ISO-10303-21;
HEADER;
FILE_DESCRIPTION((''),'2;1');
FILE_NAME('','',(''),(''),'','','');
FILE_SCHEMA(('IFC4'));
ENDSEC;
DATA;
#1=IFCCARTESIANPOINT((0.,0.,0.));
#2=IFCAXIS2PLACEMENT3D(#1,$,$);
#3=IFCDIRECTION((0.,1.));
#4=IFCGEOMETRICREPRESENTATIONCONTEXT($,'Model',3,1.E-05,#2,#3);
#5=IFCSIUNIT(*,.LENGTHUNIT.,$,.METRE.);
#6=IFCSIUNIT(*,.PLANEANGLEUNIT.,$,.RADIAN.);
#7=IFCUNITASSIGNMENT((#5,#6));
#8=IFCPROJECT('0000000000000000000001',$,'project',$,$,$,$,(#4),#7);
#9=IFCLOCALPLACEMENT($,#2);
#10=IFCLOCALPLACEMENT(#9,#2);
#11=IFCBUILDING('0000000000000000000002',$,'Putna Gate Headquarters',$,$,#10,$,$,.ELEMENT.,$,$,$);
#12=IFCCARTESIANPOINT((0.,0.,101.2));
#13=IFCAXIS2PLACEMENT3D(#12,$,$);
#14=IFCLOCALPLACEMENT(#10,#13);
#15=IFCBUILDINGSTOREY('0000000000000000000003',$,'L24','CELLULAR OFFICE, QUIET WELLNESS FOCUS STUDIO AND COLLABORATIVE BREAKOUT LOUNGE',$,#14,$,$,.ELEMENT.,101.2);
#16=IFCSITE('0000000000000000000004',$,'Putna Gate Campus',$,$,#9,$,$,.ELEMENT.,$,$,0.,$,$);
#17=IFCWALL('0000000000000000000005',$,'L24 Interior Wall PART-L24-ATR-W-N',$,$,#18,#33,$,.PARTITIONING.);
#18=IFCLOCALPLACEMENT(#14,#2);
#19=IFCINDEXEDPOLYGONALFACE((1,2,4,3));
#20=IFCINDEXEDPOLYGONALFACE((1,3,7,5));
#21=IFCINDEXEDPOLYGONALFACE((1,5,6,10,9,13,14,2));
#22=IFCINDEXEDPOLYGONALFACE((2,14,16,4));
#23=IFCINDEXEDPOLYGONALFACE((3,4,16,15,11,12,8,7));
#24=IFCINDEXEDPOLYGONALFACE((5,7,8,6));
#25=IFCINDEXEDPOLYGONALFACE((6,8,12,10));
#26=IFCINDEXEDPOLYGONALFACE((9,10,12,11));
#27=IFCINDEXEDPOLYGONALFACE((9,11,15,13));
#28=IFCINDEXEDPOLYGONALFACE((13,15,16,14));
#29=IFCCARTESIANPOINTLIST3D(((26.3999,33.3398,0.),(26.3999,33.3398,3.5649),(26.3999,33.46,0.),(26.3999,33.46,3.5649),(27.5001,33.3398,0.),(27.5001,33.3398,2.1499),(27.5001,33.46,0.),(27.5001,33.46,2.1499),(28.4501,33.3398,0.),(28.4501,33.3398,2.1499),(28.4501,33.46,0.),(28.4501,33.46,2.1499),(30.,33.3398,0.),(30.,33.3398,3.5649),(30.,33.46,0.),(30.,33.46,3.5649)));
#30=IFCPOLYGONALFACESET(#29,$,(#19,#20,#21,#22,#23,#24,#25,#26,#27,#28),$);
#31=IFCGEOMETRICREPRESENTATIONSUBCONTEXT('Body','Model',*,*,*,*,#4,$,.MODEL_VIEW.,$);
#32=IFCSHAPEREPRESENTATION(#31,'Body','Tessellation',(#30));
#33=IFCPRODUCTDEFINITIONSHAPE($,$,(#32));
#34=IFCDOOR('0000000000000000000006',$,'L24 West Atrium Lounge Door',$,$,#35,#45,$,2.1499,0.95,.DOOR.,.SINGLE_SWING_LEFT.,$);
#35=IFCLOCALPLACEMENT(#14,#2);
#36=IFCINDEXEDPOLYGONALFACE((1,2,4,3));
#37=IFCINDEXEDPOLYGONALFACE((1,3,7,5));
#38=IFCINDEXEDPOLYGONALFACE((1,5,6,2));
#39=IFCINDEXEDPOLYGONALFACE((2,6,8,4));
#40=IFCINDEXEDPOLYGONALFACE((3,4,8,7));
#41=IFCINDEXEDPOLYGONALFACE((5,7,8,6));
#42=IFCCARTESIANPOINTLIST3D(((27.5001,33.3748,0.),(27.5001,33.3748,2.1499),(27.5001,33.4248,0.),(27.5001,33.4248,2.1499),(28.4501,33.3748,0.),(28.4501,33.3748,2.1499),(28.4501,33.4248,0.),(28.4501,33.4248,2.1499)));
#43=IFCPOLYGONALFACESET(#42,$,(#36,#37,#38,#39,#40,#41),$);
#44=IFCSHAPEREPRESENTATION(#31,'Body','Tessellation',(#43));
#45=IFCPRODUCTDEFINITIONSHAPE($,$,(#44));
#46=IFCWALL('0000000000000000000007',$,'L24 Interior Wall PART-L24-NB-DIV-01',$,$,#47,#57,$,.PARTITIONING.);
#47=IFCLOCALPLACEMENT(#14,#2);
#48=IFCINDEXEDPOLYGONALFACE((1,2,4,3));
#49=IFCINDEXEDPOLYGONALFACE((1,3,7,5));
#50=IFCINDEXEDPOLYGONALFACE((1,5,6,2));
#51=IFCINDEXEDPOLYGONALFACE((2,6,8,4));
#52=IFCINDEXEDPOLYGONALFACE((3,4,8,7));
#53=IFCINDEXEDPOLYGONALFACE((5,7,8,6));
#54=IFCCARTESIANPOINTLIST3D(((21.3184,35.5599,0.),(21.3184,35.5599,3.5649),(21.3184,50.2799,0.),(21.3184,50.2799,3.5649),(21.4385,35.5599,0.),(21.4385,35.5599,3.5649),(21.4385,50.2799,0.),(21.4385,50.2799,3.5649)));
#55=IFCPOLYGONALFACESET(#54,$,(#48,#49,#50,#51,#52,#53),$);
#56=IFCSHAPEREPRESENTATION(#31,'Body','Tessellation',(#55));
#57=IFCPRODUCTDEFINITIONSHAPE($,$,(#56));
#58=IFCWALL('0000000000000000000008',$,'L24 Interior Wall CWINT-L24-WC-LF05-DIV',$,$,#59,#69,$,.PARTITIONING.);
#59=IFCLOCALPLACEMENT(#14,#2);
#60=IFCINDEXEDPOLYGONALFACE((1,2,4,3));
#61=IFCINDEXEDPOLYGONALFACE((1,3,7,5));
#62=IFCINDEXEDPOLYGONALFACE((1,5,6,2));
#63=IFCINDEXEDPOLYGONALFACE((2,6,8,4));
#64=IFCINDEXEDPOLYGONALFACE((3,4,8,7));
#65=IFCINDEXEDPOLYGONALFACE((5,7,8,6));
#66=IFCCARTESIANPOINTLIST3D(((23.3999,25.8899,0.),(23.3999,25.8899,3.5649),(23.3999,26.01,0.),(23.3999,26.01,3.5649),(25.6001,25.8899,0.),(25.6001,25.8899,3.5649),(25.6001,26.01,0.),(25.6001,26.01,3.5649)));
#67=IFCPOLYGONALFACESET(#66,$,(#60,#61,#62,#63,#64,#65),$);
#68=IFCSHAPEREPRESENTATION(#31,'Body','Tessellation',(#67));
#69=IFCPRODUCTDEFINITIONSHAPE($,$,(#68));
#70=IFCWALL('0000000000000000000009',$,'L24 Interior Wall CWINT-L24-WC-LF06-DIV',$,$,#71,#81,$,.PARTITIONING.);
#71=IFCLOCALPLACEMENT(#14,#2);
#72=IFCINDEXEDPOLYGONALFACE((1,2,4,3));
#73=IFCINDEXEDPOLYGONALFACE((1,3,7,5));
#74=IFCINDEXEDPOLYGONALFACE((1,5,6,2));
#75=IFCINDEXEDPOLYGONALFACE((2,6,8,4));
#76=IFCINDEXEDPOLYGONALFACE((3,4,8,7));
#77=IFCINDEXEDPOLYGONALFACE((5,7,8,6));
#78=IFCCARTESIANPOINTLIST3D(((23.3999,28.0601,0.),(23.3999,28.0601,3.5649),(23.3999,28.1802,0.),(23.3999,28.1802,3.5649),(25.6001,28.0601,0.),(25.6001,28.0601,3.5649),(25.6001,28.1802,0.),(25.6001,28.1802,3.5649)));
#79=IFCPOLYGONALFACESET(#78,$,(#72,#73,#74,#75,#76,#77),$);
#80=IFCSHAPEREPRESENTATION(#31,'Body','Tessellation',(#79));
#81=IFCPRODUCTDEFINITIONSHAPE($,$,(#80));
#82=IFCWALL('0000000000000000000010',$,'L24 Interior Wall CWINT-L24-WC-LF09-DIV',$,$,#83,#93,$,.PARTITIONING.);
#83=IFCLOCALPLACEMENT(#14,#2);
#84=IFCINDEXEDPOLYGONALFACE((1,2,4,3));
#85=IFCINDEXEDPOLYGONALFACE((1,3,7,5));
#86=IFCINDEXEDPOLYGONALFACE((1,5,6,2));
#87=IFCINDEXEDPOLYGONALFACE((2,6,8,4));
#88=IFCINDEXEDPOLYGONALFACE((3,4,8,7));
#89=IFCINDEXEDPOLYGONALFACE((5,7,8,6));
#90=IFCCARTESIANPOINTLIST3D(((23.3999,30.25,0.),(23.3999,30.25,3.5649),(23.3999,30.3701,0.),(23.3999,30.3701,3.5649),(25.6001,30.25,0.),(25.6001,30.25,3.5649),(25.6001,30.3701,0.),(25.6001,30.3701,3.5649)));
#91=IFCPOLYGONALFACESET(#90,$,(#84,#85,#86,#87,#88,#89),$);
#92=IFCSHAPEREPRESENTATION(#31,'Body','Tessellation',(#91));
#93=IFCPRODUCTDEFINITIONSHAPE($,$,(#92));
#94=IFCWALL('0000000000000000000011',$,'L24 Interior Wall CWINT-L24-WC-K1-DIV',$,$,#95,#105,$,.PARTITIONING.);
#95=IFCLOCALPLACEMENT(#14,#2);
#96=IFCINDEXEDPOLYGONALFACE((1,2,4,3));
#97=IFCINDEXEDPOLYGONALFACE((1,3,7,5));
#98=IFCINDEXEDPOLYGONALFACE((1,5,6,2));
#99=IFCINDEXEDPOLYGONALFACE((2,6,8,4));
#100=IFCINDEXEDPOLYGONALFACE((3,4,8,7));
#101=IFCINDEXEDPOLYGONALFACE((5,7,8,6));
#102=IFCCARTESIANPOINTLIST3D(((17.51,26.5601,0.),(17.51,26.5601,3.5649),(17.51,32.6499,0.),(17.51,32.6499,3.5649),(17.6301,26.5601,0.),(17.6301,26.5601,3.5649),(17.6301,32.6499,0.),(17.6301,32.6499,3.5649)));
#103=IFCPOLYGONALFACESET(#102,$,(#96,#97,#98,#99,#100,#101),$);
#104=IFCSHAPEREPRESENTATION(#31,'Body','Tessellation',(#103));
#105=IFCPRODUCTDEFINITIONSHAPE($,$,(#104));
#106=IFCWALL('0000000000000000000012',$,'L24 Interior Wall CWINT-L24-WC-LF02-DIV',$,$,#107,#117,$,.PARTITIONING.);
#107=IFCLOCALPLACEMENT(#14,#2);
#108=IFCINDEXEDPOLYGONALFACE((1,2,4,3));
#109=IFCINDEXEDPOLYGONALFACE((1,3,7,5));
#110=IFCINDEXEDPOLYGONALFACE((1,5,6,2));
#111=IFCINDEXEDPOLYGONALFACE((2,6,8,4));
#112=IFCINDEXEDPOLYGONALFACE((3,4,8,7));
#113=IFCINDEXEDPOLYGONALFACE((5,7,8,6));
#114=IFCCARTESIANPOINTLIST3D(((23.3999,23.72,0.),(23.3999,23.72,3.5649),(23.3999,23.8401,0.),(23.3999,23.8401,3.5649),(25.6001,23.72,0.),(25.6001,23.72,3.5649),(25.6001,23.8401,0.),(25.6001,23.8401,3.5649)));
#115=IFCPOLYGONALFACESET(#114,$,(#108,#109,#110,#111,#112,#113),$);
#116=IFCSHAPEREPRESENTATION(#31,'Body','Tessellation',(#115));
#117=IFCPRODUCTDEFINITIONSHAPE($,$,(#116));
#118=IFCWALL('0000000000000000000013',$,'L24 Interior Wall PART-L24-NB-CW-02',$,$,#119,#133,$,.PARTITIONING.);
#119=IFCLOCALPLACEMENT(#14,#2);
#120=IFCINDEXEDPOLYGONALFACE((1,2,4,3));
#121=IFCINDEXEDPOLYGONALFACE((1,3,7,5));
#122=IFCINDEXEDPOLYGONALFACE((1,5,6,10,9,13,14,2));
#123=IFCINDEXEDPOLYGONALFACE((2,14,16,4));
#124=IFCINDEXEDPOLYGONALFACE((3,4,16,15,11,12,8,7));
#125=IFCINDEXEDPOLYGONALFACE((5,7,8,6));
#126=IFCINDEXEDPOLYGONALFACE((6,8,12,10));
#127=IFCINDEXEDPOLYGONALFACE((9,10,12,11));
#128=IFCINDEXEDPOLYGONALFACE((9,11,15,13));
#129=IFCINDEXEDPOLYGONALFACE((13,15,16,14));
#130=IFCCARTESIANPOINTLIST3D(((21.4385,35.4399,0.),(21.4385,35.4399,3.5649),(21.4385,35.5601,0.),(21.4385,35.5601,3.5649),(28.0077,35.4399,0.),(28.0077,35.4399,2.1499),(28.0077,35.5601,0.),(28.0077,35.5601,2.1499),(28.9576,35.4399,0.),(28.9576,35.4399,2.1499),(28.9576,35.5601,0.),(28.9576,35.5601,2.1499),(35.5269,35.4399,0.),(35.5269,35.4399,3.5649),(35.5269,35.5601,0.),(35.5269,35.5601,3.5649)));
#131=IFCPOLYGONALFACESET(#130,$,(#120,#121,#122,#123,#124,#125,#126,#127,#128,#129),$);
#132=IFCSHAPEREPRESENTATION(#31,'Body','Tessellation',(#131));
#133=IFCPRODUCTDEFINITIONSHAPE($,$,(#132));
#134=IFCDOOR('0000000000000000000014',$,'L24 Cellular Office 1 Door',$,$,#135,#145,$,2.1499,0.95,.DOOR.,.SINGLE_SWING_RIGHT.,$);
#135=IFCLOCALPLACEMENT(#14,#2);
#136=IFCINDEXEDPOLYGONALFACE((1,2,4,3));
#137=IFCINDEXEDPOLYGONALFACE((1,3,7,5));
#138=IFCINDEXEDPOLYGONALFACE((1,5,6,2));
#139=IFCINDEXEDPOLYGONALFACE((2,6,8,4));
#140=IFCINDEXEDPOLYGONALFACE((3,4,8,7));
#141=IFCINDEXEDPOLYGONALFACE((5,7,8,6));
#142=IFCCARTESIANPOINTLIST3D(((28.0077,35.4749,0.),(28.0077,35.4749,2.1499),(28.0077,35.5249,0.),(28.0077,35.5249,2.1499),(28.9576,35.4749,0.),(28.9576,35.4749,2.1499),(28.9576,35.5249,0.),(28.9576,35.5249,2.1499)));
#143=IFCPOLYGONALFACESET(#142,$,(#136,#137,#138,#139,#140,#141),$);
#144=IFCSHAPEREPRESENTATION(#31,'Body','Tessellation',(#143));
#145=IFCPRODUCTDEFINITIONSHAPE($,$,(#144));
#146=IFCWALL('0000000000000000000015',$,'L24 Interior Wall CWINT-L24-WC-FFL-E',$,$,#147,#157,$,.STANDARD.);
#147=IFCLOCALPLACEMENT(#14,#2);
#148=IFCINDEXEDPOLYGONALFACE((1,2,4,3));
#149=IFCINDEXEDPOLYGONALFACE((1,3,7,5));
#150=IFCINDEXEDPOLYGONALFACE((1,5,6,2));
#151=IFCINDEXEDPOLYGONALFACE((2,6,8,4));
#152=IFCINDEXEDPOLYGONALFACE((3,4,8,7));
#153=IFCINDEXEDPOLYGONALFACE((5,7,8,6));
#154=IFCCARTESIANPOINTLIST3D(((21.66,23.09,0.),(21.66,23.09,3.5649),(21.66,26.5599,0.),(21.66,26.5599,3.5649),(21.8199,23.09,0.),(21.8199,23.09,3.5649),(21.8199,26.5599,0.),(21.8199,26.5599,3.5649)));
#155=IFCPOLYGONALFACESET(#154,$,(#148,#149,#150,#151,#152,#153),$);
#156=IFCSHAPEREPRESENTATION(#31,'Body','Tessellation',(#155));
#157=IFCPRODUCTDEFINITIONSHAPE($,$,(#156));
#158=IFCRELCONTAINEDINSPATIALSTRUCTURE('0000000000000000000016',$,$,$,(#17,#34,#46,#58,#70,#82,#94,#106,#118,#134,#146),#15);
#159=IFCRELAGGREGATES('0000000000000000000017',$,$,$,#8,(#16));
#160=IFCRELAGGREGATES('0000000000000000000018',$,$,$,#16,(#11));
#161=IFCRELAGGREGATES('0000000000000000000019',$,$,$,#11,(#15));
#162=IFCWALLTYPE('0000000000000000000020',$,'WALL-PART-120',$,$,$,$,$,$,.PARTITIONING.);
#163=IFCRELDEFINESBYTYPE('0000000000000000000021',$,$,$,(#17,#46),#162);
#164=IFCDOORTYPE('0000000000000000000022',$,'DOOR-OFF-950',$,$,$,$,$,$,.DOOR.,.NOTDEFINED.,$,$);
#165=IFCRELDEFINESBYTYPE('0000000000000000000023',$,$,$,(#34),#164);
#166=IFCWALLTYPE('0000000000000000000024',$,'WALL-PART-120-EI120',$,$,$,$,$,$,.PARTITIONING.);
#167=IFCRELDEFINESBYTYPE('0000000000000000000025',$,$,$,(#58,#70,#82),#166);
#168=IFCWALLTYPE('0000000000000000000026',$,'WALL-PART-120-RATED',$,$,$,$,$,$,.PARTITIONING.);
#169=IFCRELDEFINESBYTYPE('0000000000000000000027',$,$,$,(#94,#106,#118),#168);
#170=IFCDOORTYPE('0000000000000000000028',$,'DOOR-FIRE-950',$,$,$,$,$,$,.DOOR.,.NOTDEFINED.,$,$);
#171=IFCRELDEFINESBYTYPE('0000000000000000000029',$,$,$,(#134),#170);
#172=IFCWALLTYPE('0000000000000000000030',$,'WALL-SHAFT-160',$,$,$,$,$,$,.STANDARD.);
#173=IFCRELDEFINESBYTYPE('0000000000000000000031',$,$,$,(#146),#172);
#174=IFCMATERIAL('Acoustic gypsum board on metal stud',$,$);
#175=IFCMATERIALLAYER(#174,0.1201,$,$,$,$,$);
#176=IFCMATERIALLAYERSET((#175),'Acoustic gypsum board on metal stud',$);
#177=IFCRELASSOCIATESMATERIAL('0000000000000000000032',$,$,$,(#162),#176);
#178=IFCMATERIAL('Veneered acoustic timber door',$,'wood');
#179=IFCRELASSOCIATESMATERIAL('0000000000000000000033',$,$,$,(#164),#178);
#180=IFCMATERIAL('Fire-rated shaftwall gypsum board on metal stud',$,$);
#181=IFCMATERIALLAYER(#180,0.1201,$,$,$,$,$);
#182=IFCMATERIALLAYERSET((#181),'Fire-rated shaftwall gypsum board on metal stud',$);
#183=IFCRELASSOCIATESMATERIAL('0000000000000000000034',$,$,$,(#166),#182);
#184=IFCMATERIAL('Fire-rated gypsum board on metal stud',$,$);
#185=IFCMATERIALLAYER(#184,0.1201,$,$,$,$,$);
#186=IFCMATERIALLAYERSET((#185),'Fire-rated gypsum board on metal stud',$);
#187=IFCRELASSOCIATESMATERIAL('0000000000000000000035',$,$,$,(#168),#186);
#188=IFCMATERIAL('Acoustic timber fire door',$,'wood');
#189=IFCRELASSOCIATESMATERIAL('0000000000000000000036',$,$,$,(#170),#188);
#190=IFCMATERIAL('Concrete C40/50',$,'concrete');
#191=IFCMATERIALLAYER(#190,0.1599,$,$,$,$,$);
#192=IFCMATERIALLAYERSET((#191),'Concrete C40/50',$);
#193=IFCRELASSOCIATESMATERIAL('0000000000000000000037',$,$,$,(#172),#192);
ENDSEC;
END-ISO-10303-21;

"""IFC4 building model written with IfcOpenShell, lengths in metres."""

from ifc_helpers import new_model, si_unit, direction, frame, frame_2d, origin, place, context, subcontext, project, spatial, rectangle, extrude, material, layer, layer_set, type_object, element, fill, save


model = new_model("IFC4")

# Units and contexts
model_context = context("Model", 3, precision=1e-05, world=origin(), true_north=direction((0.0, 1.0)))
body_context = subcontext(model_context, "Body", "Model", "MODEL_VIEW")
ifc_project = project(units=[si_unit("LENGTHUNIT", "METRE"), si_unit("PLANEANGLEUNIT", "RADIAN")], contexts=[model_context])

# Site, building, storey
site_placement = place(None, origin())
site = spatial("IfcSite", under=ifc_project, at=site_placement, Name="Putna Gate Campus", CompositionType="ELEMENT", RefElevation=0.0)
building_placement = place(site_placement, origin())
building = spatial("IfcBuilding", under=site, at=building_placement, Name="Putna Gate Headquarters", CompositionType="ELEMENT")
storey_placement = place(building_placement, frame((0.0, 0.0, 101.2)))
storey = spatial("IfcBuildingStorey", under=building, at=storey_placement, Name="L24", Description="CELLULAR OFFICE, QUIET WELLNESS FOCUS STUDIO AND COLLABORATIVE BREAKOUT LOUNGE", CompositionType="ELEMENT", Elevation=101.2)

# Wall, opening, door
ifc_material_1 = material(Name="Acoustic gypsum board on metal stud")
ifc_layer_1 = layer(ifc_material_1, 0.1201)
ifc_layer_set_1 = layer_set([ifc_layer_1], Name="Acoustic gypsum board on metal stud")
wall_type_1 = type_object("IfcWallType", Name="WALL-PART-120", PredefinedType="PARTITIONING", material=ifc_layer_set_1)
wall_1_placement = place(storey_placement, frame((26.3999, 33.3999, 0.0), z_axis=(0.0, 0.0, 1.0), x_axis=(1.0, 0.0, 0.0)))
wall_1 = element("IfcWall", 1, at=wall_1_placement, inside=storey, type_object=wall_type_1, Name="L24 Interior Wall PART-L24-ATR-W-N", PredefinedType="PARTITIONING", context=body_context, shape_type="SweptSolid", body=[
    extrude(rectangle(XDim=3.6001, YDim=0.1201, at=frame_2d((1.8, 0.0))), origin(), (0.0, 0.0, 1.0), 3.5649),
])
opening_1_placement = place(wall_1_placement, frame((1.1001, 0.0, 0.0)))
opening_1 = element("IfcOpeningElement", 2, at=opening_1_placement, cuts=wall_1, PredefinedType="OPENING", context=body_context, shape_type="SweptSolid", body=[
    extrude(rectangle(XDim=0.95, YDim=2.1499, at=frame_2d((0.4751, 1.075))), frame((0.0, 0.0701, 0.0), z_axis=(0.0, -1.0, 0.0), x_axis=(1.0, 0.0, 0.0)), (0.0, 0.0, 1.0), 0.1401),
])
ifc_material_2 = material(Name="Veneered acoustic timber door", Category="wood")
door_type_1 = type_object("IfcDoorType", Name="DOOR-OFF-950", OperationType="NOTDEFINED", PredefinedType="DOOR", material=ifc_material_2)
door_1_placement = place(opening_1_placement, origin())
door_1 = element("IfcDoor", 3, at=door_1_placement, inside=storey, type_object=door_type_1, Name="L24 West Atrium Lounge Door", OperationType="SINGLE_SWING_LEFT", OverallHeight=2.1499, OverallWidth=0.95, PredefinedType="DOOR", context=body_context, shape_type="SweptSolid", body=[
    extrude(rectangle(XDim=0.95, YDim=2.1499, at=frame_2d((0.4751, 1.075))), frame((0.0, 0.0249, 0.0), z_axis=(0.0, -1.0, 0.0), x_axis=(1.0, 0.0, 0.0)), (0.0, 0.0, 1.0), 0.05),
])
fill(opening_1, door_1)

# Walls
wall_2_placement = place(storey_placement, frame((21.3784, 35.5601, 0.0), z_axis=(0.0, 0.0, 1.0), x_axis=(0.0, 1.0, 0.0)))
element("IfcWall", 4, at=wall_2_placement, inside=storey, type_object=wall_type_1, Name="L24 Interior Wall PART-L24-NB-DIV-01", PredefinedType="PARTITIONING", context=body_context, shape_type="SweptSolid", body=[
    extrude(rectangle(XDim=14.72, YDim=0.1201, at=frame_2d((7.3599, 0.0))), origin(), (0.0, 0.0, 1.0), 3.5649),
])
ifc_material_3 = material(Name="Fire-rated shaftwall gypsum board on metal stud")
ifc_layer_2 = layer(ifc_material_3, 0.1201)
ifc_layer_set_2 = layer_set([ifc_layer_2], Name="Fire-rated shaftwall gypsum board on metal stud")
wall_type_2 = type_object("IfcWallType", Name="WALL-PART-120-EI120", PredefinedType="PARTITIONING", material=ifc_layer_set_2)
for number, where, z_axis, x_axis, name in (
    (5, (23.3999, 25.95, 0.0), (0.0, 0.0, 1.0), (1.0, 0.0, 0.0), "L24 Interior Wall CWINT-L24-WC-LF05-DIV"),
    (6, (23.3999, 28.1201, 0.0), (0.0, 0.0, 1.0), (1.0, 0.0, 0.0), "L24 Interior Wall CWINT-L24-WC-LF06-DIV"),
    (7, (23.3999, 30.3101, 0.0), (0.0, 0.0, 1.0), (1.0, 0.0, 0.0), "L24 Interior Wall CWINT-L24-WC-LF09-DIV"),
):
    element("IfcWall", number, at=place(storey_placement, frame(where, z_axis=z_axis, x_axis=x_axis)), inside=storey, type_object=wall_type_2, Name=name, PredefinedType="PARTITIONING", context=body_context, shape_type="SweptSolid", body=[
        extrude(rectangle(XDim=2.2002, YDim=0.1201, at=frame_2d((1.1001, 0.0))), origin(), (0.0, 0.0, 1.0), 3.5649),
    ])
ifc_material_4 = material(Name="Fire-rated gypsum board on metal stud")
ifc_layer_3 = layer(ifc_material_4, 0.1201)
ifc_layer_set_3 = layer_set([ifc_layer_3], Name="Fire-rated gypsum board on metal stud")
wall_type_3 = type_object("IfcWallType", Name="WALL-PART-120-RATED", PredefinedType="PARTITIONING", material=ifc_layer_set_3)
wall_3_placement = place(storey_placement, frame((17.5701, 26.5601, 0.0), z_axis=(0.0, 0.0, 1.0), x_axis=(0.0, 1.0, 0.0)))
element("IfcWall", 8, at=wall_3_placement, inside=storey, type_object=wall_type_3, Name="L24 Interior Wall CWINT-L24-WC-K1-DIV", PredefinedType="PARTITIONING", context=body_context, shape_type="SweptSolid", body=[
    extrude(rectangle(XDim=6.0898, YDim=0.1201, at=frame_2d((3.0449, 0.0))), origin(), (0.0, 0.0, 1.0), 3.5649),
])
wall_4_placement = place(storey_placement, frame((23.3999, 23.78, 0.0), z_axis=(0.0, 0.0, 1.0), x_axis=(1.0, 0.0, 0.0)))
element("IfcWall", 9, at=wall_4_placement, inside=storey, type_object=wall_type_3, Name="L24 Interior Wall CWINT-L24-WC-LF02-DIV", PredefinedType="PARTITIONING", context=body_context, shape_type="SweptSolid", body=[
    extrude(rectangle(XDim=2.2002, YDim=0.1201, at=frame_2d((1.1001, 0.0))), origin(), (0.0, 0.0, 1.0), 3.5649),
])

# Wall, opening, door
wall_5_placement = place(storey_placement, frame((21.4385, 35.5, 0.0), z_axis=(0.0, 0.0, 1.0), x_axis=(1.0, 0.0, 0.0)))
wall_5 = element("IfcWall", 10, at=wall_5_placement, inside=storey, type_object=wall_type_3, Name="L24 Interior Wall PART-L24-NB-CW-02", PredefinedType="PARTITIONING", context=body_context, shape_type="SweptSolid", body=[
    extrude(rectangle(XDim=14.0884, YDim=0.1201, at=frame_2d((7.0442, 0.0))), origin(), (0.0, 0.0, 1.0), 3.5649),
])
opening_2_placement = place(wall_5_placement, frame((6.5691, 0.0, 0.0)))
opening_2 = element("IfcOpeningElement", 11, at=opening_2_placement, cuts=wall_5, PredefinedType="OPENING", context=body_context, shape_type="SweptSolid", body=[
    extrude(rectangle(XDim=0.95, YDim=2.1499, at=frame_2d((0.4751, 1.075))), frame((0.0, 0.0701, 0.0), z_axis=(0.0, -1.0, 0.0), x_axis=(1.0, 0.0, 0.0)), (0.0, 0.0, 1.0), 0.1401),
])
ifc_material_5 = material(Name="Acoustic timber fire door", Category="wood")
door_type_2 = type_object("IfcDoorType", Name="DOOR-FIRE-950", OperationType="NOTDEFINED", PredefinedType="DOOR", material=ifc_material_5)
door_2_placement = place(opening_2_placement, origin())
door_2 = element("IfcDoor", 12, at=door_2_placement, inside=storey, type_object=door_type_2, Name="L24 Cellular Office 1 Door", OperationType="SINGLE_SWING_RIGHT", OverallHeight=2.1499, OverallWidth=0.95, PredefinedType="DOOR", context=body_context, shape_type="SweptSolid", body=[
    extrude(rectangle(XDim=0.95, YDim=2.1499, at=frame_2d((0.4751, 1.075))), frame((0.0, 0.0249, 0.0), z_axis=(0.0, -1.0, 0.0), x_axis=(1.0, 0.0, 0.0)), (0.0, 0.0, 1.0), 0.05),
])
fill(opening_2, door_2)

# Wall
ifc_material_6 = material(Name="Concrete C40/50", Category="concrete")
ifc_layer_4 = layer(ifc_material_6, 0.1599)
ifc_layer_set_4 = layer_set([ifc_layer_4], Name="Concrete C40/50")
wall_type_4 = type_object("IfcWallType", Name="WALL-SHAFT-160", PredefinedType="STANDARD", material=ifc_layer_set_4)
wall_6_placement = place(storey_placement, frame((21.74, 23.0901, 0.0), z_axis=(0.0, 0.0, 1.0), x_axis=(0.0, 1.0, 0.0)))
element("IfcWall", 13, at=wall_6_placement, inside=storey, type_object=wall_type_4, Name="L24 Interior Wall CWINT-L24-WC-FFL-E", PredefinedType="STANDARD", context=body_context, shape_type="SweptSolid", body=[
    extrude(rectangle(XDim=3.47, YDim=0.1599, at=frame_2d((1.7349, 0.0))), origin(), (0.0, 0.0, 1.0), 3.5649),
])

save(model, "model.ifc")
